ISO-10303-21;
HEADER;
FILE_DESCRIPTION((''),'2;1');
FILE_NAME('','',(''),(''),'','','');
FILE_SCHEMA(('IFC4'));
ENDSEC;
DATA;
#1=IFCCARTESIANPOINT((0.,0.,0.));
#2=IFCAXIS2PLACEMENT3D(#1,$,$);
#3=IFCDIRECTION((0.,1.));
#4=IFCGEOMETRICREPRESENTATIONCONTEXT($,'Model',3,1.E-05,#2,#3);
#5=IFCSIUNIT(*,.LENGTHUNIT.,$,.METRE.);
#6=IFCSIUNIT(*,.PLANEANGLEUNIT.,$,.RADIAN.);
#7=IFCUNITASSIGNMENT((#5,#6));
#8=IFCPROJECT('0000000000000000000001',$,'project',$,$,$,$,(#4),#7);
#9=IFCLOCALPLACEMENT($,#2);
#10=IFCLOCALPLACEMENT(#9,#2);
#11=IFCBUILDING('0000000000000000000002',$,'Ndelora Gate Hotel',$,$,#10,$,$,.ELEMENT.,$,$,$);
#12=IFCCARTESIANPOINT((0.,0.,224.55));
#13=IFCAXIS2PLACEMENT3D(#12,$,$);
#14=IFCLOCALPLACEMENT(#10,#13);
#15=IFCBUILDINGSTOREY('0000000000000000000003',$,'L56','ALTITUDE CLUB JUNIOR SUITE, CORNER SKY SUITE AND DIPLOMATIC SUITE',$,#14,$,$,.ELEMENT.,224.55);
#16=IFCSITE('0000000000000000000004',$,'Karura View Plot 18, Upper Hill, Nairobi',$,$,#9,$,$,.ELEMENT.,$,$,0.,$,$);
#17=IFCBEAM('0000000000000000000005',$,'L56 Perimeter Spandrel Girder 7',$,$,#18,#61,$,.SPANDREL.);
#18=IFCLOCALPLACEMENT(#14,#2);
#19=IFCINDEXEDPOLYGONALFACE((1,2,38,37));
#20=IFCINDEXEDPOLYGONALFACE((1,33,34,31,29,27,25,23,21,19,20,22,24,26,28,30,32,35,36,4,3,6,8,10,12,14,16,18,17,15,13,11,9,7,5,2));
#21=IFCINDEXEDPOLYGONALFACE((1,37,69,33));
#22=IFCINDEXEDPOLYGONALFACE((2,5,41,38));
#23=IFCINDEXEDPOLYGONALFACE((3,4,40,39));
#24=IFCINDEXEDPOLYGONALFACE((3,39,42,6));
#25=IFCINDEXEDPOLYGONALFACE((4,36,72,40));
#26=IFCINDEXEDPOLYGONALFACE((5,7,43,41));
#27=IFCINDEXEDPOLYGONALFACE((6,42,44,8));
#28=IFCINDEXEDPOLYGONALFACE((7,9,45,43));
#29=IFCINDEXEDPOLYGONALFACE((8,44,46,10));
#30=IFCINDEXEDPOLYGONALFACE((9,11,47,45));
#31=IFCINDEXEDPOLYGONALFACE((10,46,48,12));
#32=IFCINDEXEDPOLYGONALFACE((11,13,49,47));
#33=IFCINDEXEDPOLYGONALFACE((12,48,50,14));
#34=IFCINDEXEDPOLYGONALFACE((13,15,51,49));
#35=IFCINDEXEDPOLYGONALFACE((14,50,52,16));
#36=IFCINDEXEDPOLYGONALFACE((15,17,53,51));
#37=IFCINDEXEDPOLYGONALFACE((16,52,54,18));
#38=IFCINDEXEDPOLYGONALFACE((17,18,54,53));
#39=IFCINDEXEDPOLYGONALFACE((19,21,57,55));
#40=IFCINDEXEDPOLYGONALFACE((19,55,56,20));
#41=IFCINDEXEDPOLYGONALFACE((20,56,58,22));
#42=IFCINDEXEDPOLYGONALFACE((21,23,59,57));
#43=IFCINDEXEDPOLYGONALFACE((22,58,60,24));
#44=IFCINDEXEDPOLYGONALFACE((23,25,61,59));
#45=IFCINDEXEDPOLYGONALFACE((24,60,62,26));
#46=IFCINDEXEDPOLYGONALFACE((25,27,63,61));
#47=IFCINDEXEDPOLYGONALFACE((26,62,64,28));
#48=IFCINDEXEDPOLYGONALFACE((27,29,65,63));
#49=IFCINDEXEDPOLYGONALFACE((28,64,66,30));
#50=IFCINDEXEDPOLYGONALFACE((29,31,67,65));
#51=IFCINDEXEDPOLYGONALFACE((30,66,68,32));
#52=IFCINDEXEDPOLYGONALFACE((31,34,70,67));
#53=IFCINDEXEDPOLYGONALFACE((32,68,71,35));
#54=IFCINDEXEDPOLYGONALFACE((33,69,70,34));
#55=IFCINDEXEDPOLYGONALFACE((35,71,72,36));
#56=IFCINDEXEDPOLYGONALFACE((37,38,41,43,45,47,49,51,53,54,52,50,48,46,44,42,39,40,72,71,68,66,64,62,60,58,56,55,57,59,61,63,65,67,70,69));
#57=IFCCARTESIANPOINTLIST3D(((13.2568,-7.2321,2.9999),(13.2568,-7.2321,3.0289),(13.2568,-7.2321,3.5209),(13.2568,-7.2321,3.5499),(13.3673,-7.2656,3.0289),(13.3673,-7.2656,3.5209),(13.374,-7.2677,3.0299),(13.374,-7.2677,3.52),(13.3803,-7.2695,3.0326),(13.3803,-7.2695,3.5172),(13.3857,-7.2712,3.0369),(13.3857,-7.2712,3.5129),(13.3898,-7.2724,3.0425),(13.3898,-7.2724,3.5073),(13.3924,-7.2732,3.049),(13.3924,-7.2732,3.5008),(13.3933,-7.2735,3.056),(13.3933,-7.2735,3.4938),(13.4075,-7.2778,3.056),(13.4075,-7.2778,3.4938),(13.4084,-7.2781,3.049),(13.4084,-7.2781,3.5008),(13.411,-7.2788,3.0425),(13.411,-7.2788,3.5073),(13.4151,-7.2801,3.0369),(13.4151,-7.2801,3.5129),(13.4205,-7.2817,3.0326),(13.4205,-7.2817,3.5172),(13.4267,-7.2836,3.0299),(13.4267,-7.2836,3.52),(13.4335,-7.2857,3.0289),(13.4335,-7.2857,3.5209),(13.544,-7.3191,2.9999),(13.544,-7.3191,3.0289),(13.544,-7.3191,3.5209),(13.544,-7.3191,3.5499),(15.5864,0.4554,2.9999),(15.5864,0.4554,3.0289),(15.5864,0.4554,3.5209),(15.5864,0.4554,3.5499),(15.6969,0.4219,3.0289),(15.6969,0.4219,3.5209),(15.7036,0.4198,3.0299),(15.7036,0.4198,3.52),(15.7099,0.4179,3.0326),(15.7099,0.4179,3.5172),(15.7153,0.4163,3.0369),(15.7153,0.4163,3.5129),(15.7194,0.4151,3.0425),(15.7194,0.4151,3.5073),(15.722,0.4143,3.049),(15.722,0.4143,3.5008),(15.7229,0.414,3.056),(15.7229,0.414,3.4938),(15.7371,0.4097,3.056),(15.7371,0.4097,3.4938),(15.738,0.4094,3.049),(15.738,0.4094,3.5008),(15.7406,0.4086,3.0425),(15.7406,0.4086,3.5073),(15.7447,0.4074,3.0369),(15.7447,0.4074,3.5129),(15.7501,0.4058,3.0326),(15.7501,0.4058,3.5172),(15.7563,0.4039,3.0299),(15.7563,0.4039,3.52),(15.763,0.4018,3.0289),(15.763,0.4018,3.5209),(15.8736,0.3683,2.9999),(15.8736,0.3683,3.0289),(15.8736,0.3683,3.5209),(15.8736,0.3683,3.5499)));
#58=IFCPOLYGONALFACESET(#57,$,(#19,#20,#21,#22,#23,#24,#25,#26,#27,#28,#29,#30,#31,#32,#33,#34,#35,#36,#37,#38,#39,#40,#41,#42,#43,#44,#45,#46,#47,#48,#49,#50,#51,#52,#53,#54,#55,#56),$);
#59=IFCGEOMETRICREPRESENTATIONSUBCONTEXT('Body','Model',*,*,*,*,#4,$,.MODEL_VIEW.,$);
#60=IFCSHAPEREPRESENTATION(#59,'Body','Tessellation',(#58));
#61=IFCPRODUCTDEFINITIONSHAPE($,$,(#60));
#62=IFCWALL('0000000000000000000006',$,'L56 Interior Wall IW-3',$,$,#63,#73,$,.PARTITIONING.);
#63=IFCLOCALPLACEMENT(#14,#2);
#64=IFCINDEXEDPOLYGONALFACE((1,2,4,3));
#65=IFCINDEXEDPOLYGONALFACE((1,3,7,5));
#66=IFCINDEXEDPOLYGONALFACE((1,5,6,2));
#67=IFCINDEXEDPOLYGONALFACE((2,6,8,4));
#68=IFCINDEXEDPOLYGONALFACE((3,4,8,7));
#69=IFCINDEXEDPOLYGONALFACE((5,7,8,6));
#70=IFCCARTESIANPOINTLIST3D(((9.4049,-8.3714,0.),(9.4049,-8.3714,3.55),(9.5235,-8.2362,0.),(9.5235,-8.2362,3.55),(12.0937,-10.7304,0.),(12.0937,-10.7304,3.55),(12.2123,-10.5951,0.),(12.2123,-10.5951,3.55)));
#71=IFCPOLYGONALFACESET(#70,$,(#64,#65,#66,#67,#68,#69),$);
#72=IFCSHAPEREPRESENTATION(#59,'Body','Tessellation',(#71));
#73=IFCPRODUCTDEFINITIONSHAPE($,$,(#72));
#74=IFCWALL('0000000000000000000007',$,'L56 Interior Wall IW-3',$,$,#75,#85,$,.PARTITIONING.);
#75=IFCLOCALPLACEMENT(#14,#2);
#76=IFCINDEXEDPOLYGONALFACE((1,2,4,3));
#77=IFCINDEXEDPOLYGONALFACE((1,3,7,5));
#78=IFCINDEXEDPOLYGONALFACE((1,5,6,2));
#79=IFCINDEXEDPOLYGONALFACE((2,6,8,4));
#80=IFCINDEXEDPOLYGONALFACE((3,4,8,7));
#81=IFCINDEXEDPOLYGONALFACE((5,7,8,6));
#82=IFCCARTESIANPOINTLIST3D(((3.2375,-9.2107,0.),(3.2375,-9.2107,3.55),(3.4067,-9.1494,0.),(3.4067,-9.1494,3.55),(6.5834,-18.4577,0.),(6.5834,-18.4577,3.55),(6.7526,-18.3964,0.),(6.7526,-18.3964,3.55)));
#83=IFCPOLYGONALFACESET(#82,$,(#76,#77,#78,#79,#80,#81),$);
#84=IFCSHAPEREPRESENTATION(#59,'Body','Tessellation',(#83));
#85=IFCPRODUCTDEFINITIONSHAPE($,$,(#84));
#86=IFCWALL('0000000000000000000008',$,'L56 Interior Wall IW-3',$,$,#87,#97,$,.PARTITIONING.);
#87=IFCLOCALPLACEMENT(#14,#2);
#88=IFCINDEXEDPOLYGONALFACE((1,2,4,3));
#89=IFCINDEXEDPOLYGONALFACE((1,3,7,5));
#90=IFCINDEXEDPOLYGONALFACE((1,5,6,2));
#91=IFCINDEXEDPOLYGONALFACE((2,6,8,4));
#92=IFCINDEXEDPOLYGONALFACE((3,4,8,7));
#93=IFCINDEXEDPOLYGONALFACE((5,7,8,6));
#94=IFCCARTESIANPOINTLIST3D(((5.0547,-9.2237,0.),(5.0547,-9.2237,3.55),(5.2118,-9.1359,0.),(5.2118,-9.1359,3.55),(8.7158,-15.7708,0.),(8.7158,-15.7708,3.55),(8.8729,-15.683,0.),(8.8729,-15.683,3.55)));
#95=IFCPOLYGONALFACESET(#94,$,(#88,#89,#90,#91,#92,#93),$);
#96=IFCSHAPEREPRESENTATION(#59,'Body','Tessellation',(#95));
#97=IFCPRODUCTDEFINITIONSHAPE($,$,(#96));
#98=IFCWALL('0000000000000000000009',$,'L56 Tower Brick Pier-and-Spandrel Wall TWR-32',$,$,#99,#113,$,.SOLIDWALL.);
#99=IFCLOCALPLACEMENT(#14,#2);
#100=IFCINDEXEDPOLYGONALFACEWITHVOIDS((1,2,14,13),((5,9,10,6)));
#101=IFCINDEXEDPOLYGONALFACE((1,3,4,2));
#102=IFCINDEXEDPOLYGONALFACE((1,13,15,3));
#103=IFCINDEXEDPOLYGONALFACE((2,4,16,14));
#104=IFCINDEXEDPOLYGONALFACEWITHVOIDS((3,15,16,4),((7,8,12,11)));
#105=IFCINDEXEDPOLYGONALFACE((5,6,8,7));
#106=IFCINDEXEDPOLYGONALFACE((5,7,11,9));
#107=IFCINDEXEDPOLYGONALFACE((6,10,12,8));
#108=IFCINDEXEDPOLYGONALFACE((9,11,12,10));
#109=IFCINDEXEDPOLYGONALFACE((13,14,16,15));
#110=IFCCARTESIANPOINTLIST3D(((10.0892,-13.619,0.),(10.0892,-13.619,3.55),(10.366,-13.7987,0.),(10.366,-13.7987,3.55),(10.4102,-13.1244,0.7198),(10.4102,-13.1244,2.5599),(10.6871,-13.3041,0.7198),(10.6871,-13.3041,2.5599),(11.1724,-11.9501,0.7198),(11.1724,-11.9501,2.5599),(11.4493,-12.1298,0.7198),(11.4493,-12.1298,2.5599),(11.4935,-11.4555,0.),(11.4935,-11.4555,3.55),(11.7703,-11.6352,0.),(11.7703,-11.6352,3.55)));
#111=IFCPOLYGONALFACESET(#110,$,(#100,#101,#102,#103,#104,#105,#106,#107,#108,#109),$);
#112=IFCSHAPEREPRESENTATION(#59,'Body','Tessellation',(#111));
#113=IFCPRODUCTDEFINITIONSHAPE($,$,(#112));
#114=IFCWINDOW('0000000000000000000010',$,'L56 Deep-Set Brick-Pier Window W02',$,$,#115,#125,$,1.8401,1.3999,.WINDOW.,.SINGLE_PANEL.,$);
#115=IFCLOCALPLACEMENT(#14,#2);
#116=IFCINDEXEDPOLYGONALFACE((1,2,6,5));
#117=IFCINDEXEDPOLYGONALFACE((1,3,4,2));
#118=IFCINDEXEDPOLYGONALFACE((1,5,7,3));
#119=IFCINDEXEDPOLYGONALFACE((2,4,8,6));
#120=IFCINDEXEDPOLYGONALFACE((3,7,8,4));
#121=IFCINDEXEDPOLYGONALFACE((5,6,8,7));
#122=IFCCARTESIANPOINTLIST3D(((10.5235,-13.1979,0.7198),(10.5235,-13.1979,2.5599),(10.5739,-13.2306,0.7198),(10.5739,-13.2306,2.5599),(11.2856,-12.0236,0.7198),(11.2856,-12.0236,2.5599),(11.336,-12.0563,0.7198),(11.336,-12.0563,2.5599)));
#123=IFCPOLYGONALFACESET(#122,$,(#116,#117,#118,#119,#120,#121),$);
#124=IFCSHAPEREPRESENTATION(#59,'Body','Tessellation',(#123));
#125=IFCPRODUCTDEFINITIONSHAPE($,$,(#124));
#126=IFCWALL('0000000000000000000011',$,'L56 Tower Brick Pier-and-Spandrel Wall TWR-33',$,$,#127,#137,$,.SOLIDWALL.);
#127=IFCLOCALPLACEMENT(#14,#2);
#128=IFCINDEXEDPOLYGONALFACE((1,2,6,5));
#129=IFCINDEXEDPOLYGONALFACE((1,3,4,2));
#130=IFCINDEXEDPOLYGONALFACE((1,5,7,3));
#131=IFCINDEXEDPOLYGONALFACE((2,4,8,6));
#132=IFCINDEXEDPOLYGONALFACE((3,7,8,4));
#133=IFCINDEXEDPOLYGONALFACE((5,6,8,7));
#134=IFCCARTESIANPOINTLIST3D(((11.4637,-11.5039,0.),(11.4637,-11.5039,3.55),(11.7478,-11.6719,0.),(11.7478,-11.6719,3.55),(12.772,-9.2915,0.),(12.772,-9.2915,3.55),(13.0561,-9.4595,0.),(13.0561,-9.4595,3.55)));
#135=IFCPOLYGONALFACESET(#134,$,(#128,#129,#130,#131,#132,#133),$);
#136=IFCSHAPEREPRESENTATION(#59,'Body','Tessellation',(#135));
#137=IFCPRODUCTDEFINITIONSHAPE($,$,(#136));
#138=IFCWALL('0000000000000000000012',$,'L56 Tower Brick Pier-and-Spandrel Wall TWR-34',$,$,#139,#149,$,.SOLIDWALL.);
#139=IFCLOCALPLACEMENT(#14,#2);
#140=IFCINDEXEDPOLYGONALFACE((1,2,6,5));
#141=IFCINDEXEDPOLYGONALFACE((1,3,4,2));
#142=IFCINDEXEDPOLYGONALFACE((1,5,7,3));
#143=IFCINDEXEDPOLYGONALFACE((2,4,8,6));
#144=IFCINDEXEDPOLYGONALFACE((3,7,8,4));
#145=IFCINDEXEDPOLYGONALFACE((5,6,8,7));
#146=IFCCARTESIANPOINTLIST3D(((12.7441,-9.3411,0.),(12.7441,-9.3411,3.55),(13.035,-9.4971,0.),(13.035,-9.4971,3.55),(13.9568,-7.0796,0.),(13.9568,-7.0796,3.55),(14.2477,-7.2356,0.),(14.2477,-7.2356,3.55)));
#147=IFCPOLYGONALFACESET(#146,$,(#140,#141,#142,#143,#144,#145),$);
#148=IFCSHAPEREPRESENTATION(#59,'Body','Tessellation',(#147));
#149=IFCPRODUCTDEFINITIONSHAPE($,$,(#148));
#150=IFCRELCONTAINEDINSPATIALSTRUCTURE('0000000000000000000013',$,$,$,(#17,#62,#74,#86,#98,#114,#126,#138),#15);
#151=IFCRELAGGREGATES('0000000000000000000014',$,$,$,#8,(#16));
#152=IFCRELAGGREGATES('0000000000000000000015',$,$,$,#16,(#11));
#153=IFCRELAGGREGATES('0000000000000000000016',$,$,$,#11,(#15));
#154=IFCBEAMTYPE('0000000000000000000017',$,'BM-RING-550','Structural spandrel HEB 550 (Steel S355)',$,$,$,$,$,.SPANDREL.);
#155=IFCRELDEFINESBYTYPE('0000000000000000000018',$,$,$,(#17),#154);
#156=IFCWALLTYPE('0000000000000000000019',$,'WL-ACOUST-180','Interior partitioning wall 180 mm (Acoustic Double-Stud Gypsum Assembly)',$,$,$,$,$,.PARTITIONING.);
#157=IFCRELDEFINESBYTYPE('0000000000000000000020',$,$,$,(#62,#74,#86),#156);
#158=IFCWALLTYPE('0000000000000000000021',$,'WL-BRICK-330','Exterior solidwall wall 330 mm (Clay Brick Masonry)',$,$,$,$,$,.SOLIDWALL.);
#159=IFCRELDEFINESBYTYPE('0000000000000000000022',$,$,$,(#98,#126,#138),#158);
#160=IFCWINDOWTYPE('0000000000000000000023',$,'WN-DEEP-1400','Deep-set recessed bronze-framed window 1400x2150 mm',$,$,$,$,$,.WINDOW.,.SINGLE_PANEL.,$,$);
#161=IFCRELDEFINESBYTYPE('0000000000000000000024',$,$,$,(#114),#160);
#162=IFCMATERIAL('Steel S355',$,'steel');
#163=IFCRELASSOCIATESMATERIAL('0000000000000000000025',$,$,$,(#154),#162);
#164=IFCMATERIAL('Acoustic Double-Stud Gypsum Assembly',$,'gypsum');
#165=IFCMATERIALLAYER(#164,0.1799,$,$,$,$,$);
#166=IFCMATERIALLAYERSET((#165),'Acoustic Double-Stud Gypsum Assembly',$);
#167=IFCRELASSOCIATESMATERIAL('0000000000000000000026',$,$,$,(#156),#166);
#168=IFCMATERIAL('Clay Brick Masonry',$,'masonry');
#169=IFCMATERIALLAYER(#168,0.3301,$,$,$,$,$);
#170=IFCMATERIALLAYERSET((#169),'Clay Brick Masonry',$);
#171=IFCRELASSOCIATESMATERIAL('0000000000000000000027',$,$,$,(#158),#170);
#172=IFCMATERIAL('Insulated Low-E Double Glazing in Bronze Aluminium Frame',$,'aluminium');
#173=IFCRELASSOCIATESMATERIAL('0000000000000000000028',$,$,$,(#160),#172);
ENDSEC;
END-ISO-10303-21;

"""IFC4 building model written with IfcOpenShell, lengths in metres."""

from ifc_helpers import new_model, si_unit, direction, frame, frame_2d, origin, origin_2d, place, context, subcontext, project, spatial, rectangle, i_section, extrude, material, layer, layer_set, material_profile, profile_set, type_object, element, fill, save


model = new_model("IFC4")

# Units and contexts
model_context = context("Model", 3, precision=1e-05, world=origin(), true_north=direction((0.0, 1.0)))
body_context = subcontext(model_context, "Body", "Model", "MODEL_VIEW")
ifc_project = project(units=[si_unit("LENGTHUNIT", "METRE"), si_unit("PLANEANGLEUNIT", "RADIAN")], contexts=[model_context])

# Site, building, storey
site_placement = place(None, origin())
site = spatial("IfcSite", under=ifc_project, at=site_placement, Name="Karura View Plot 18, Upper Hill, Nairobi", CompositionType="ELEMENT", RefElevation=0.0)
building_placement = place(site_placement, origin())
building = spatial("IfcBuilding", under=site, at=building_placement, Name="Ndelora Gate Hotel", CompositionType="ELEMENT")
storey_placement = place(building_placement, frame((0.0, 0.0, 224.55)))
storey = spatial("IfcBuildingStorey", under=building, at=storey_placement, Name="L56", Description="ALTITUDE CLUB JUNIOR SUITE, CORNER SKY SUITE AND DIPLOMATIC SUITE", CompositionType="ELEMENT", Elevation=224.55)

# Beam
ifc_material_1 = material(Name="Steel S355", Category="steel")
ifc_material_profile_1 = material_profile(ifc_material_1, i_section(OverallWidth=0.3, OverallDepth=0.55, WebThickness=0.0149, FlangeThickness=0.0291, FilletRadius=0.0271, at=origin_2d()), Name="HEB 550")
ifc_profile_set_1 = profile_set([ifc_material_profile_1], Name="Steel S355")
beam_type_1 = type_object("IfcBeamType", Name="BM-RING-550", Description="Structural spandrel HEB 550 (Steel S355)", PredefinedType="SPANDREL", material=ifc_profile_set_1)
beam_1_placement = place(storey_placement, frame((13.4004, -7.2756, 3.2749), z_axis=(0.290012, 0.957023, 0.0), x_axis=(-0.957023, 0.290012, 0.0)))
element("IfcBeam", 1, at=beam_1_placement, inside=storey, type_object=beam_type_1, Name="L56 Perimeter Spandrel Girder 7", PredefinedType="SPANDREL", context=body_context, shape_type="SweptSolid", body=[
    extrude(i_section(OverallWidth=0.3, OverallDepth=0.55, WebThickness=0.0149, FlangeThickness=0.0291, FilletRadius=0.0271, at=origin_2d()), origin(), (0.0, 0.0, 1.0), 8.0327),
])

# Walls
ifc_material_2 = material(Name="Acoustic Double-Stud Gypsum Assembly", Category="gypsum")
ifc_layer_1 = layer(ifc_material_2, 0.1799)
ifc_layer_set_1 = layer_set([ifc_layer_1], Name="Acoustic Double-Stud Gypsum Assembly")
wall_type_1 = type_object("IfcWallType", Name="WL-ACOUST-180", Description="Interior partitioning wall 180 mm (Acoustic Double-Stud Gypsum Assembly)", PredefinedType="PARTITIONING", material=ifc_layer_set_1)
wall_1_placement = place(storey_placement, frame((9.4641, -8.3037, 0.0), z_axis=(0.0, 0.0, 1.0), x_axis=(0.751709, -0.659495, 0.0)))
element("IfcWall", 2, at=wall_1_placement, inside=storey, type_object=wall_type_1, Name="L56 Interior Wall IW-3", PredefinedType="PARTITIONING", context=body_context, shape_type="SweptSolid", body=[
    extrude(rectangle(XDim=3.5769, YDim=0.1799, at=frame_2d((1.7886, 0.0))), origin(), (0.0, 0.0, 1.0), 3.55),
])
wall_2_placement = place(storey_placement, frame((3.322, -9.1799, 0.0), z_axis=(0.0, 0.0, 1.0), x_axis=(0.34025, -0.940335, 0.0)))
element("IfcWall", 3, at=wall_2_placement, inside=storey, type_object=wall_type_1, Name="L56 Interior Wall IW-3", PredefinedType="PARTITIONING", context=body_context, shape_type="SweptSolid", body=[
    extrude(rectangle(XDim=9.8337, YDim=0.1799, at=frame_2d((4.917, 0.0))), origin(), (0.0, 0.0, 1.0), 3.55),
])
wall_3_placement = place(storey_placement, frame((5.1333, -9.1799, 0.0), z_axis=(0.0, 0.0, 1.0), x_axis=(0.48807, -0.872804, 0.0)))
element("IfcWall", 4, at=wall_3_placement, inside=storey, type_object=wall_type_1, Name="L56 Interior Wall IW-3", PredefinedType="PARTITIONING", context=body_context, shape_type="SweptSolid", body=[
    extrude(rectangle(XDim=7.5012, YDim=0.1799, at=frame_2d((3.7505, 0.0))), origin(), (0.0, 0.0, 1.0), 3.55),
])

# Wall, opening, window
ifc_material_3 = material(Name="Clay Brick Masonry", Category="masonry")
ifc_layer_2 = layer(ifc_material_3, 0.3301)
ifc_layer_set_2 = layer_set([ifc_layer_2], Name="Clay Brick Masonry")
wall_type_2 = type_object("IfcWallType", Name="WL-BRICK-330", Description="Exterior solidwall wall 330 mm (Clay Brick Masonry)", PredefinedType="SOLIDWALL", material=ifc_layer_set_2)
wall_4_placement = place(storey_placement, frame((11.6318, -11.5454, 0.0), z_axis=(0.0, 0.0, 1.0), x_axis=(-0.544436, -0.838802, 0.0)))
wall_4 = element("IfcWall", 5, at=wall_4_placement, inside=storey, type_object=wall_type_2, Name="L56 Tower Brick Pier-and-Spandrel Wall TWR-32", PredefinedType="SOLIDWALL", context=body_context, shape_type="SweptSolid", body=[
    extrude(rectangle(XDim=2.5793, YDim=0.3301, at=frame_2d((1.2896, 0.0))), origin(), (0.0, 0.0, 1.0), 3.55),
])
opening_1_placement = place(wall_4_placement, frame((0.5896, 0.0, 0.72)))
opening_1 = element("IfcOpeningElement", 6, at=opening_1_placement, cuts=wall_4, PredefinedType="OPENING", context=body_context, shape_type="SweptSolid", body=[
    extrude(rectangle(XDim=1.3999, YDim=1.8401, at=frame_2d((0.7, 0.9199))), frame((0.0, 0.175, 0.0), z_axis=(0.0, -1.0, 0.0), x_axis=(1.0, 0.0, 0.0)), (0.0, 0.0, 1.0), 0.3501),
])
ifc_material_4 = material(Name="Insulated Low-E Double Glazing in Bronze Aluminium Frame", Category="aluminium")
window_type = type_object("IfcWindowType", Name="WN-DEEP-1400", Description="Deep-set recessed bronze-framed window 1400x2150 mm", PartitioningType="SINGLE_PANEL", PredefinedType="WINDOW", material=ifc_material_4)
window_placement = place(opening_1_placement, origin())
window = element("IfcWindow", 7, at=window_placement, inside=storey, type_object=window_type, Name="L56 Deep-Set Brick-Pier Window W02", OverallHeight=1.8401, OverallWidth=1.3999, PartitioningType="SINGLE_PANEL", PredefinedType="WINDOW", context=body_context, shape_type="SweptSolid", body=[
    extrude(rectangle(XDim=1.3999, YDim=1.8401, at=frame_2d((0.7, 0.9199))), frame((0.0, 0.03, 0.0), z_axis=(0.0, -1.0, 0.0), x_axis=(1.0, 0.0, 0.0)), (0.0, 0.0, 1.0), 0.0601),
])
fill(opening_1, window)

# Walls
wall_5_placement = place(storey_placement, frame((12.9141, -9.3755, 0.0), z_axis=(0.0, 0.0, 1.0), x_axis=(-0.509024, -0.860753, 0.0)))
element("IfcWall", 8, at=wall_5_placement, inside=storey, type_object=wall_type_2, Name="L56 Tower Brick Pier-and-Spandrel Wall TWR-33", PredefinedType="SOLIDWALL", context=body_context, shape_type="SweptSolid", body=[
    extrude(rectangle(XDim=2.5703, YDim=0.3301, at=frame_2d((1.2852, 0.0))), origin(), (0.0, 0.0, 1.0), 3.55),
])
wall_6_placement = place(storey_placement, frame((14.1023, -7.1575, 0.0), z_axis=(0.0, 0.0, 1.0), x_axis=(-0.472567, -0.881295, 0.0)))
element("IfcWall", 9, at=wall_6_placement, inside=storey, type_object=wall_type_2, Name="L56 Tower Brick Pier-and-Spandrel Wall TWR-34", PredefinedType="SOLIDWALL", context=body_context, shape_type="SweptSolid", body=[
    extrude(rectangle(XDim=2.5662, YDim=0.3301, at=frame_2d((1.2832, 0.0))), origin(), (0.0, 0.0, 1.0), 3.55),
])

save(model, "model.ifc")
